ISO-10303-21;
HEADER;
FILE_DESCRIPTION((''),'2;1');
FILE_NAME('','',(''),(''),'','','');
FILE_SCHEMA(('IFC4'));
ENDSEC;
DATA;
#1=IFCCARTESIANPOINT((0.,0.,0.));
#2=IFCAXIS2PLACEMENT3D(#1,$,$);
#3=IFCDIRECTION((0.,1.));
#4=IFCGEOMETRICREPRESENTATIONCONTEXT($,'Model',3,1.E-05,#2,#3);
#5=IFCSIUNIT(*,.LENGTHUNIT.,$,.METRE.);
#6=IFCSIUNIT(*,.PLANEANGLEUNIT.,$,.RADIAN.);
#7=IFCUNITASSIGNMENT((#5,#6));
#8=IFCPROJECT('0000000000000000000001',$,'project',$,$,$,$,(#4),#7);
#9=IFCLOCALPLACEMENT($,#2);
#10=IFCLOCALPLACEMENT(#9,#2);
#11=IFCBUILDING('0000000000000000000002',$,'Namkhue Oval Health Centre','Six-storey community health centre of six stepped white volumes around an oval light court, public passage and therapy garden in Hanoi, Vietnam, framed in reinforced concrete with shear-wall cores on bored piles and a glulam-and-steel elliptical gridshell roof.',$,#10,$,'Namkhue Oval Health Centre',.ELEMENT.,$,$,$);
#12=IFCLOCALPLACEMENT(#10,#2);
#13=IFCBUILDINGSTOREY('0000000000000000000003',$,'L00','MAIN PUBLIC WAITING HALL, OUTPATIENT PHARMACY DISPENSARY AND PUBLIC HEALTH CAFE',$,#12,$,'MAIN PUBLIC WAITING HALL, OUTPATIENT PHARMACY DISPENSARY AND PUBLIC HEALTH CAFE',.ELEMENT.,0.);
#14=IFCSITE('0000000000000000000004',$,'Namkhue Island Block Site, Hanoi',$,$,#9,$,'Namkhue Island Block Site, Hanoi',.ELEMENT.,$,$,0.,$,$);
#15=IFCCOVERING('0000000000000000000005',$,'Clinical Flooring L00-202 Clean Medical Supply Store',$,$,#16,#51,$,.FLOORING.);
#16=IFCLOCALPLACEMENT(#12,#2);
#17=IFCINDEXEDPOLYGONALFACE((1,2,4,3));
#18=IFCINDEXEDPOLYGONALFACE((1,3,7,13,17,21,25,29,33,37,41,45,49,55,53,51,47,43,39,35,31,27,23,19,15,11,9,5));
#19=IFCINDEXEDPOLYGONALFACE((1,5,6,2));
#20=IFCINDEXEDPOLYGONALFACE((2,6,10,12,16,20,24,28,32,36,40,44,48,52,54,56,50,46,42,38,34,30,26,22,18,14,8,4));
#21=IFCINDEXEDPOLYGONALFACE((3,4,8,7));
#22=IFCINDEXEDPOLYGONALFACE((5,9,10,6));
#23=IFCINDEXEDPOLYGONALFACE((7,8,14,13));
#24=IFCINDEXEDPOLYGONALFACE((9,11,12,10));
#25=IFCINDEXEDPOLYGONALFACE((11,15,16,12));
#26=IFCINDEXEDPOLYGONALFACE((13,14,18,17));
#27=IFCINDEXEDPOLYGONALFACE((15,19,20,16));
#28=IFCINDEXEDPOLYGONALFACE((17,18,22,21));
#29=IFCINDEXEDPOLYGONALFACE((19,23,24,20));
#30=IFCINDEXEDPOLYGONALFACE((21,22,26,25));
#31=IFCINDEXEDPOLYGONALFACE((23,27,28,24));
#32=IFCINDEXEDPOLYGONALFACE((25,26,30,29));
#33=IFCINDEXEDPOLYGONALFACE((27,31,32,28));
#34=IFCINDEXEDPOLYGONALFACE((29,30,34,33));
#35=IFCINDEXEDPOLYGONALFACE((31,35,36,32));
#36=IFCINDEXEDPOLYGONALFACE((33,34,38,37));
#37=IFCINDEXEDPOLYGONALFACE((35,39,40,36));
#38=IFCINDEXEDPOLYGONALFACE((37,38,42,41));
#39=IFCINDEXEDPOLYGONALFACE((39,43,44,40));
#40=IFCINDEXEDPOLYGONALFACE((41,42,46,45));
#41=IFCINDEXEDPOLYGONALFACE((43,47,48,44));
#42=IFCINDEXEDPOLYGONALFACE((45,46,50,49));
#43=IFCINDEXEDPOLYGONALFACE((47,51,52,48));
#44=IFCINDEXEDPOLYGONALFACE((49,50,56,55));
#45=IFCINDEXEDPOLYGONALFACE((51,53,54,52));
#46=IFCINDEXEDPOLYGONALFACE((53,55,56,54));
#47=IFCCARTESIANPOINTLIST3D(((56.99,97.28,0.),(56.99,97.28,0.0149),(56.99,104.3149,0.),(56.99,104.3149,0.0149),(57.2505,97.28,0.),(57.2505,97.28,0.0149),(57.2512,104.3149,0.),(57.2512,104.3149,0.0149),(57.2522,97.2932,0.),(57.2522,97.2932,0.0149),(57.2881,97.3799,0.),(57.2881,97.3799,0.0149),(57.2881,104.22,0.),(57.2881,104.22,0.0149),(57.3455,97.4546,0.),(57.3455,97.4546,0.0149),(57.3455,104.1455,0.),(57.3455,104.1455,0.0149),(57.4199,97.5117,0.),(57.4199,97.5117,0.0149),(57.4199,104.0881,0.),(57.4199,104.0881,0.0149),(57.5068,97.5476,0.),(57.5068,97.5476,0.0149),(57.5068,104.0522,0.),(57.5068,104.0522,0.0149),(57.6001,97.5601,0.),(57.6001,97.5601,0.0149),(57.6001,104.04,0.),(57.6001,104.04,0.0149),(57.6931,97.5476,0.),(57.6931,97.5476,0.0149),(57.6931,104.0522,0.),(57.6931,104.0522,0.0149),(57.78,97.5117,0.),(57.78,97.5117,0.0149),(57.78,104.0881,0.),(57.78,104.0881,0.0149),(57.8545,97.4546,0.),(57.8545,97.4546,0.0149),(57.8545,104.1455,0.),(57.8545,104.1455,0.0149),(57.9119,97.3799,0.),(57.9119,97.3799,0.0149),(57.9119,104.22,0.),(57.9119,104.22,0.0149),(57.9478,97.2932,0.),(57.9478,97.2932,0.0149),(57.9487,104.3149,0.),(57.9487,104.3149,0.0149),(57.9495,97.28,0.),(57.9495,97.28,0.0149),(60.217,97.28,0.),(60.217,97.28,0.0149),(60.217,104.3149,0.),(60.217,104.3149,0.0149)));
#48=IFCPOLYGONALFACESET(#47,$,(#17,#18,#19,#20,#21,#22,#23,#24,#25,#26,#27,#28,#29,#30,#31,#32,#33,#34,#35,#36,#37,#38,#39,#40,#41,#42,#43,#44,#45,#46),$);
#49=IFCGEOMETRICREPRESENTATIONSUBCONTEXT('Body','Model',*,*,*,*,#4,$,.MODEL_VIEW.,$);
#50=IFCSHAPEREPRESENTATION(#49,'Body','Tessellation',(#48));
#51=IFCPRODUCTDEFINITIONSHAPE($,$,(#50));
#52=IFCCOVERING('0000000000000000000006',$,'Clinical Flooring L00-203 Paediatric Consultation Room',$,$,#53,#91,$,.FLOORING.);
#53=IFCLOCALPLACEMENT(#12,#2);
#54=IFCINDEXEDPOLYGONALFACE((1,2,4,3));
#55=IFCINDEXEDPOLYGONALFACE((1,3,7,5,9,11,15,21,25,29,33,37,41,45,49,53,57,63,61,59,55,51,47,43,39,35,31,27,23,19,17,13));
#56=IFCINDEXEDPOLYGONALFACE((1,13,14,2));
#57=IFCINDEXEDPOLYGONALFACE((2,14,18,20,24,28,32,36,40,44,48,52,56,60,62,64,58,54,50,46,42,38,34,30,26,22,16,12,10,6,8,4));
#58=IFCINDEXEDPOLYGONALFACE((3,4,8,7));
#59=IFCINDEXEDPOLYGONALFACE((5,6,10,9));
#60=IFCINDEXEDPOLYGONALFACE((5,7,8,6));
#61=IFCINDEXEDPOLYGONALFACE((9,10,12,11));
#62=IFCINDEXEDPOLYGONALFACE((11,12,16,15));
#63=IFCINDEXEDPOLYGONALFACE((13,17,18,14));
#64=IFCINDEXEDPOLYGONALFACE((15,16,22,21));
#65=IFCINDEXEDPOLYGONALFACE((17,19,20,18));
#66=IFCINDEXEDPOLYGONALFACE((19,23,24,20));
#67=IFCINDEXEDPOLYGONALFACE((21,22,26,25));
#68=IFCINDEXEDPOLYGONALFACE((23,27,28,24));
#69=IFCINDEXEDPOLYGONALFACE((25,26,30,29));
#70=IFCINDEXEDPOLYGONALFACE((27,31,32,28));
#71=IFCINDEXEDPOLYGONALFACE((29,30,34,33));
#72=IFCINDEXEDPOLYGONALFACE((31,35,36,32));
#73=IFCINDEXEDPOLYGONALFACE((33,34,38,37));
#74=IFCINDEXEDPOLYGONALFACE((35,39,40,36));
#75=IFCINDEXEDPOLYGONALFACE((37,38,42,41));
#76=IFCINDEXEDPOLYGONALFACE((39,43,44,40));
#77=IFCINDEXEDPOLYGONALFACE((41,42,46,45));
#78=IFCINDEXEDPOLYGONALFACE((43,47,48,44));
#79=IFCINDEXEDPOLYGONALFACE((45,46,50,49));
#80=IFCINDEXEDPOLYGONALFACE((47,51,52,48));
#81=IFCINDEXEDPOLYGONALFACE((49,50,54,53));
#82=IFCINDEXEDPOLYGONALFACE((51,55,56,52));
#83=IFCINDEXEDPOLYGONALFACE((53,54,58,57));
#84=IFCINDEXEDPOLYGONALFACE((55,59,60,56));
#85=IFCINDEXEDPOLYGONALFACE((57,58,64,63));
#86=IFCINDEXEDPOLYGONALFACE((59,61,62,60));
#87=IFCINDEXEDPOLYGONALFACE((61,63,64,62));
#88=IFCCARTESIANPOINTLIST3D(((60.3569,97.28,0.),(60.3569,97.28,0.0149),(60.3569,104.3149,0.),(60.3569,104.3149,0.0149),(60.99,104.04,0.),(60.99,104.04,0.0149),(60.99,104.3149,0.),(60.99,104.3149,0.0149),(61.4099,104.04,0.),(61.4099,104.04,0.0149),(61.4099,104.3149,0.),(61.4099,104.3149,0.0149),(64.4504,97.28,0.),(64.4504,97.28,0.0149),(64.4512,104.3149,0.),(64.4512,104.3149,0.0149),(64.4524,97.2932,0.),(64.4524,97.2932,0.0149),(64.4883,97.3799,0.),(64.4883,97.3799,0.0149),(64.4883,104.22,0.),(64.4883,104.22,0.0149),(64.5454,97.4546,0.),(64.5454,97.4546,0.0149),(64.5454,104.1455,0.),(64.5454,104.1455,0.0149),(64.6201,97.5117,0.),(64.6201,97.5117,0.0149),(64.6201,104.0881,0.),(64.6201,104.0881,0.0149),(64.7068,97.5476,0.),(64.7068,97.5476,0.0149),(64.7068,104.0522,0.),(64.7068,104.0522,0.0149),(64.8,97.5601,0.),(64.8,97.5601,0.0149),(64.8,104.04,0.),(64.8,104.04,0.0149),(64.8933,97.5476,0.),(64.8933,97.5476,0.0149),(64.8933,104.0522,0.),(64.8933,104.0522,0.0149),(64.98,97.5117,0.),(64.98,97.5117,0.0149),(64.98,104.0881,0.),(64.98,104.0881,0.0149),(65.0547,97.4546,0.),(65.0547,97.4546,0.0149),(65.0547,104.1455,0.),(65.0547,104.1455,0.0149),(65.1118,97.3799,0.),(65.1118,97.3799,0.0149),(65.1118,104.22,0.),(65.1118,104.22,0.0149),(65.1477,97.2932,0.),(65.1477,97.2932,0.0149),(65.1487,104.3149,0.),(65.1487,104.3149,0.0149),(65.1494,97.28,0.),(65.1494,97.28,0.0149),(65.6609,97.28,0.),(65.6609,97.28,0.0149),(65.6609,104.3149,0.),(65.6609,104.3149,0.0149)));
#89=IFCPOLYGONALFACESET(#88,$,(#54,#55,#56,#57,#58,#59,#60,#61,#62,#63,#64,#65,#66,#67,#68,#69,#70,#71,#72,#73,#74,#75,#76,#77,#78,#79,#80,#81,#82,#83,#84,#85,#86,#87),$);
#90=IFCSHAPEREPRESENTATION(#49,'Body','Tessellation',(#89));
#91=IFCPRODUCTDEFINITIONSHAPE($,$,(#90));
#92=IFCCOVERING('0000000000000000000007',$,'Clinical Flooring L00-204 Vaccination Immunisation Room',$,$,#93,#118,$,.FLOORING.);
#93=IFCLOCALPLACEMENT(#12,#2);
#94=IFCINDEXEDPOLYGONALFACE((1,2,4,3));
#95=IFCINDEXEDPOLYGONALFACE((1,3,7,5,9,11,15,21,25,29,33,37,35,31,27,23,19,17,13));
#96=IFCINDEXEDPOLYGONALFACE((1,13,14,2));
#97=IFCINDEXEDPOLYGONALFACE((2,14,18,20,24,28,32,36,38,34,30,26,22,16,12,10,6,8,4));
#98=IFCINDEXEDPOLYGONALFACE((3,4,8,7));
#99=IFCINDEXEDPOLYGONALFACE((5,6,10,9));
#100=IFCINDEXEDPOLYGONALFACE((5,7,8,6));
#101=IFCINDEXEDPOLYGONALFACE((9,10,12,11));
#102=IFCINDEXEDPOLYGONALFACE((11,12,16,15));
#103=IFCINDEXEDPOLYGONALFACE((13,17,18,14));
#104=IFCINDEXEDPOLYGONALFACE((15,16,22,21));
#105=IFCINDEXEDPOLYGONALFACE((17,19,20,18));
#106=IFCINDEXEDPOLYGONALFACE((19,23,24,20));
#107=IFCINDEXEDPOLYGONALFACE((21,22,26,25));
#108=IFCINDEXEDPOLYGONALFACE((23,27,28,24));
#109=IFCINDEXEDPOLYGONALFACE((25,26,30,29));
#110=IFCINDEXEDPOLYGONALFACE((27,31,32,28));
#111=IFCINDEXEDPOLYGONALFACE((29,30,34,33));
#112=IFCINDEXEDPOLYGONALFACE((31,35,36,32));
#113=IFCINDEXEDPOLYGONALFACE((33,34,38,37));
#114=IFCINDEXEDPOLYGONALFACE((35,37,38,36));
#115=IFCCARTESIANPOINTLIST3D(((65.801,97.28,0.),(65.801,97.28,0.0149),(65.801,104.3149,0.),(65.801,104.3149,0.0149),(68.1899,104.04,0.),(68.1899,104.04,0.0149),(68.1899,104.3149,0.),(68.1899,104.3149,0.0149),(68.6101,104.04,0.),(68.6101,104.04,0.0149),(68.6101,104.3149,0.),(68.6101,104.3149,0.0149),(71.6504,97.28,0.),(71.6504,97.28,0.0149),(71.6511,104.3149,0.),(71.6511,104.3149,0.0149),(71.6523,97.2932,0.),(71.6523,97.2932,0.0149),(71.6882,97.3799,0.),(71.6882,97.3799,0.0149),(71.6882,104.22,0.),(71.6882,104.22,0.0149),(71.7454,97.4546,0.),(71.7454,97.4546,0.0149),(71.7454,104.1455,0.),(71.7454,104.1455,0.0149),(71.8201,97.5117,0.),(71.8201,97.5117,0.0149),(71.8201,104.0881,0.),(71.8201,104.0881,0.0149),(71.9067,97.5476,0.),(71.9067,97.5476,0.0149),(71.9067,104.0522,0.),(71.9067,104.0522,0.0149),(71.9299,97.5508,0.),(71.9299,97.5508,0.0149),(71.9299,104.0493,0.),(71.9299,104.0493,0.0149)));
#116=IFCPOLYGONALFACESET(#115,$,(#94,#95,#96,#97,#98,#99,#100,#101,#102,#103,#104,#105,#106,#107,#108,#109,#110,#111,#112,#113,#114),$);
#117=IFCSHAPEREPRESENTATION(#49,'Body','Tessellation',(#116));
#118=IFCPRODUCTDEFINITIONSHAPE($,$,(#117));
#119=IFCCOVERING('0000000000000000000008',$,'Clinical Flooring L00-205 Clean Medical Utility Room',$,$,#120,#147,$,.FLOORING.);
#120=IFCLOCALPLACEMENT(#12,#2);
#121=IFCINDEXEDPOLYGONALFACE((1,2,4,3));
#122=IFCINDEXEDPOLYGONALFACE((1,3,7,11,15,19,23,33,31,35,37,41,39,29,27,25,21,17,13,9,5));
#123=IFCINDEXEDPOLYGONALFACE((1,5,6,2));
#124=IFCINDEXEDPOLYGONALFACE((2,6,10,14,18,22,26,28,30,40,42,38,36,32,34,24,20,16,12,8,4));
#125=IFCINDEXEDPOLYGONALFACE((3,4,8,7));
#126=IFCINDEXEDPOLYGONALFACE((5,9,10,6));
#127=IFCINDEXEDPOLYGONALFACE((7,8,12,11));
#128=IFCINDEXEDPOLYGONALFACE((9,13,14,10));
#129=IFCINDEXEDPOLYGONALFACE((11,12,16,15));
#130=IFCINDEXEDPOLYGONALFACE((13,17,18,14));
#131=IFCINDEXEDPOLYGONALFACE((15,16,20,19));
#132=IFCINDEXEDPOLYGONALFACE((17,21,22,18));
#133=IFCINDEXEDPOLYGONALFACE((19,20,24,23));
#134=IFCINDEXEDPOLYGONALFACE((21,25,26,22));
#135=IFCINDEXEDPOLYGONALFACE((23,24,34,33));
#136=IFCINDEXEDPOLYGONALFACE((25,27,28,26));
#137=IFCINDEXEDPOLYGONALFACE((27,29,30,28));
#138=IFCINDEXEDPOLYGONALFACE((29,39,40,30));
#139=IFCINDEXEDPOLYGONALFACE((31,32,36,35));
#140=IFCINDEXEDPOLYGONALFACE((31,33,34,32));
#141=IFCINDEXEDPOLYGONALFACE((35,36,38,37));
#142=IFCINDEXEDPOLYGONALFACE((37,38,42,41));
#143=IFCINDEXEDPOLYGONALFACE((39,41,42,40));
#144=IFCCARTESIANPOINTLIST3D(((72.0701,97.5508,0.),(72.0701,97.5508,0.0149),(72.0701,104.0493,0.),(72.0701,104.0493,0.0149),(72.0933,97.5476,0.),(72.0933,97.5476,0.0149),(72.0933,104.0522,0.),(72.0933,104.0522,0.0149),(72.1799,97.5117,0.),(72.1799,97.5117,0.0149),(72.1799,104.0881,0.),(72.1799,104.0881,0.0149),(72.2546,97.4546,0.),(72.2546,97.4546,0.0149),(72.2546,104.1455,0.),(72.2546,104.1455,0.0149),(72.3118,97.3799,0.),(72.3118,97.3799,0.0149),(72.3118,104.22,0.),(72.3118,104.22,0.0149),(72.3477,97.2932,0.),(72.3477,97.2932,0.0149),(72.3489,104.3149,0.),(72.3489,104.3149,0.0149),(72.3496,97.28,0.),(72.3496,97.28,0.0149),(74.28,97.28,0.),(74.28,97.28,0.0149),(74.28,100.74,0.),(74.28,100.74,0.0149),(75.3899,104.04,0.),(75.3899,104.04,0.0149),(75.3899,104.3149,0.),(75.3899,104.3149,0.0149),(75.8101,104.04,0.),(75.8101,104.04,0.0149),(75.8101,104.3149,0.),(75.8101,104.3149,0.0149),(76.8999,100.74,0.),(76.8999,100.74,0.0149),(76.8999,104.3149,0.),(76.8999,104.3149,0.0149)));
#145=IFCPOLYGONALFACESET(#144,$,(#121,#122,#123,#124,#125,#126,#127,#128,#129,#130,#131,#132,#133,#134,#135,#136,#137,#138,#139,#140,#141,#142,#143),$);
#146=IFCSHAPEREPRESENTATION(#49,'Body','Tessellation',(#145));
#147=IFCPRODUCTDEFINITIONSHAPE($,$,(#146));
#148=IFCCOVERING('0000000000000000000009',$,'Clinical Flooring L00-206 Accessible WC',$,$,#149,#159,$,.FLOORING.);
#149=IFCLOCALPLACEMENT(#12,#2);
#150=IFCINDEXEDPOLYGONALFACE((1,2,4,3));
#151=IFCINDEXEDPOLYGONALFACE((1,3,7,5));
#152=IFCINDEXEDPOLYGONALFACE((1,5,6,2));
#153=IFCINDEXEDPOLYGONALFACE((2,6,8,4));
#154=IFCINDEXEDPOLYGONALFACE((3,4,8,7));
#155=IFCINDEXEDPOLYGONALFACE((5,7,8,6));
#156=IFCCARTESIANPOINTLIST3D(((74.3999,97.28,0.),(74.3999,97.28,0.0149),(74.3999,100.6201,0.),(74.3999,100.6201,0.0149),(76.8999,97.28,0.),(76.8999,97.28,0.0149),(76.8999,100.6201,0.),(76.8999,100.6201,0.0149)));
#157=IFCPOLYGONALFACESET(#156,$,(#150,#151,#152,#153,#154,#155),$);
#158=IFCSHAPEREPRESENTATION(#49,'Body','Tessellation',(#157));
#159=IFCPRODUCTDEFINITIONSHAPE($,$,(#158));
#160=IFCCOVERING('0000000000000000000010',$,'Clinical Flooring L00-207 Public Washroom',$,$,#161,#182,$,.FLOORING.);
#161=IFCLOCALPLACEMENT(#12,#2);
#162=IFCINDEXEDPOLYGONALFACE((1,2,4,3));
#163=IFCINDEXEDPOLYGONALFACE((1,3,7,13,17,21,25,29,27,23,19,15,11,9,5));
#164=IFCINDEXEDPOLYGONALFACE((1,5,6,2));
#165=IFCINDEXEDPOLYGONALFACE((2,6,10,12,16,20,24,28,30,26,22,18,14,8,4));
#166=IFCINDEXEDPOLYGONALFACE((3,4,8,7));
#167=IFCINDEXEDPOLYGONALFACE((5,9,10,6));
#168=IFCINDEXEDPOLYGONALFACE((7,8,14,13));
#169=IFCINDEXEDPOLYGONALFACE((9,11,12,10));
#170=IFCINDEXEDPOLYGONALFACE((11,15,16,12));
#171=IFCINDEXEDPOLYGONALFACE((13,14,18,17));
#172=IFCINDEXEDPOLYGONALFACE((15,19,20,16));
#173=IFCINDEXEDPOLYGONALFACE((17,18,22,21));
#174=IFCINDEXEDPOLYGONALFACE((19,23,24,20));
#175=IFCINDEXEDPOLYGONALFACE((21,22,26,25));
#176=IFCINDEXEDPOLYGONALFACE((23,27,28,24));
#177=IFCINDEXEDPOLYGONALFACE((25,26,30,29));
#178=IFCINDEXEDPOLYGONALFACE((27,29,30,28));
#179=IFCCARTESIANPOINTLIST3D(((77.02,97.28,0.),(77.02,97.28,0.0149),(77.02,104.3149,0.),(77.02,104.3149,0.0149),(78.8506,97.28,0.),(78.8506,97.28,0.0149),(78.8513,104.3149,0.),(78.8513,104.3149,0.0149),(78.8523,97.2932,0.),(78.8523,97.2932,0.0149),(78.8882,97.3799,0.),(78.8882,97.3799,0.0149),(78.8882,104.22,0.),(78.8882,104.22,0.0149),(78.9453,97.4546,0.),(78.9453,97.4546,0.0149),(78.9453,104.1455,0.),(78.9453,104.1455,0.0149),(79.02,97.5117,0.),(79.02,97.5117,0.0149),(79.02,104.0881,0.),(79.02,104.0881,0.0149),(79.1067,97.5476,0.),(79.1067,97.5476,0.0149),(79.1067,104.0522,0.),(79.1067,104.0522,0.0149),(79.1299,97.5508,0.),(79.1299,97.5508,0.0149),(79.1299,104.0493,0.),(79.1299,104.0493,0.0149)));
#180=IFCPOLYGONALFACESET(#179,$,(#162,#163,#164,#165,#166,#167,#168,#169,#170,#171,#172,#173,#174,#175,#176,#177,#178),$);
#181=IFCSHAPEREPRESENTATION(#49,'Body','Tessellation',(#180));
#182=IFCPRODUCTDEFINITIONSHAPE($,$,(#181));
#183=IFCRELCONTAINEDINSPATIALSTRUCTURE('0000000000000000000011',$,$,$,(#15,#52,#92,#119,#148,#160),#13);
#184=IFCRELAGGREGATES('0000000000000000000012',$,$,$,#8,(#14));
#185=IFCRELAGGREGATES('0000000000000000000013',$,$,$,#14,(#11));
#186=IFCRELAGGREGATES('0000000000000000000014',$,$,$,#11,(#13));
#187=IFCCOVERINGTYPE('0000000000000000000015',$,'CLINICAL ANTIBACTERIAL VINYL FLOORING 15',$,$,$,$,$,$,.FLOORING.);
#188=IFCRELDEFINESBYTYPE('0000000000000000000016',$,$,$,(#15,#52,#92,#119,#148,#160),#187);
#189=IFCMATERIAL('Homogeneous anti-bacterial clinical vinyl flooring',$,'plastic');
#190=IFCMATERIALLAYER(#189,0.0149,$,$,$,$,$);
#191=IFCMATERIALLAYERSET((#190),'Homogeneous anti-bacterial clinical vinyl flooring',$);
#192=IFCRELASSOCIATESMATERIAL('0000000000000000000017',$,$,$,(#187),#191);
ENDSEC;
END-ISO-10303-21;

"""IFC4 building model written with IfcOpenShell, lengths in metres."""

from ifc_helpers import new_model, si_unit, direction, origin, place, context, subcontext, project, spatial, polyline, outline, extrude, material, layer, layer_set, type_object, element, save


model = new_model("IFC4")

# Units and contexts
model_context = context("Model", 3, precision=1e-05, world=origin(), true_north=direction((0.0, 1.0)))
body_context = subcontext(model_context, "Body", "Model", "MODEL_VIEW")
ifc_project = project(units=[si_unit("LENGTHUNIT", "METRE"), si_unit("PLANEANGLEUNIT", "RADIAN")], contexts=[model_context])

# Site, building, storey
site_placement = place(None, origin())
site = spatial("IfcSite", under=ifc_project, at=site_placement, Name="Namkhue Island Block Site, Hanoi", LongName="Namkhue Island Block Site, Hanoi", CompositionType="ELEMENT", RefElevation=0.0)
building_placement = place(site_placement, origin())
building = spatial("IfcBuilding", under=site, at=building_placement, Name="Namkhue Oval Health Centre", Description="Six-storey community health centre of six stepped white volumes around an oval light court, public passage and therapy garden in Hanoi, Vietnam, framed in reinforced concrete with shear-wall cores on bored piles and a glulam-and-steel elliptical gridshell roof.", LongName="Namkhue Oval Health Centre", CompositionType="ELEMENT")
storey_placement = place(building_placement, origin())
storey = spatial("IfcBuildingStorey", under=building, at=storey_placement, Name="L00", Description="MAIN PUBLIC WAITING HALL, OUTPATIENT PHARMACY DISPENSARY AND PUBLIC HEALTH CAFE", LongName="MAIN PUBLIC WAITING HALL, OUTPATIENT PHARMACY DISPENSARY AND PUBLIC HEALTH CAFE", CompositionType="ELEMENT", Elevation=0.0)

# Coverings
ifc_material_1 = material(Name="Homogeneous anti-bacterial clinical vinyl flooring", Category="plastic")
ifc_layer_1 = layer(ifc_material_1, 0.0149)
ifc_layer_set_1 = layer_set([ifc_layer_1], Name="Homogeneous anti-bacterial clinical vinyl flooring")
covering_type = type_object("IfcCoveringType", Name="CLINICAL ANTIBACTERIAL VINYL FLOORING 15", PredefinedType="FLOORING", material=ifc_layer_set_1)
covering_1_placement = place(storey_placement, origin())
element("IfcCovering", 1, at=covering_1_placement, inside=storey, type_object=covering_type, Name="Clinical Flooring L00-202 Clean Medical Supply Store", PredefinedType="FLOORING", context=body_context, shape_type="SweptSolid", body=[
    extrude(outline(polyline([(57.9495, 97.28), (57.9478, 97.2932), (57.9119, 97.3799), (57.8545, 97.4546), (57.78, 97.5117), (57.6931, 97.5476), (57.6001, 97.5601), (57.5068, 97.5476), (57.4199, 97.5117), (57.3455, 97.4546), (57.2881, 97.3799), (57.2522, 97.2932), (57.2505, 97.28), (56.99, 97.28), (56.99, 104.3149), (57.2512, 104.3149), (57.2881, 104.22), (57.3455, 104.1455), (57.4199, 104.0881), (57.5068, 104.0522), (57.6001, 104.04), (57.6931, 104.0522), (57.78, 104.0881), (57.8545, 104.1455), (57.9119, 104.22), (57.9487, 104.3149), (60.217, 104.3149), (60.217, 97.28), (57.9495, 97.28)])), origin(), (0.0, 0.0, 1.0), 0.0149),
])
covering_2_placement = place(storey_placement, origin())
element("IfcCovering", 2, at=covering_2_placement, inside=storey, type_object=covering_type, Name="Clinical Flooring L00-203 Paediatric Consultation Room", PredefinedType="FLOORING", context=body_context, shape_type="SweptSolid", body=[
    extrude(outline(polyline([(65.1494, 97.28), (65.1477, 97.2932), (65.1118, 97.3799), (65.0547, 97.4546), (64.98, 97.5117), (64.8933, 97.5476), (64.8, 97.5601), (64.7068, 97.5476), (64.6201, 97.5117), (64.5454, 97.4546), (64.4883, 97.3799), (64.4524, 97.2932), (64.4504, 97.28), (60.3569, 97.28), (60.3569, 104.3149), (60.99, 104.3149), (60.99, 104.04), (61.4099, 104.04), (61.4099, 104.3149), (64.4512, 104.3149), (64.4883, 104.22), (64.5454, 104.1455), (64.6201, 104.0881), (64.7068, 104.0522), (64.8, 104.04), (64.8933, 104.0522), (64.98, 104.0881), (65.0547, 104.1455), (65.1118, 104.22), (65.1487, 104.3149), (65.6609, 104.3149), (65.6609, 97.28), (65.1494, 97.28)])), origin(), (0.0, 0.0, 1.0), 0.0149),
])
covering_3_placement = place(storey_placement, origin())
element("IfcCovering", 3, at=covering_3_placement, inside=storey, type_object=covering_type, Name="Clinical Flooring L00-204 Vaccination Immunisation Room", PredefinedType="FLOORING", context=body_context, shape_type="SweptSolid", body=[
    extrude(outline(polyline([(65.801, 97.28), (65.801, 104.3149), (68.1899, 104.3149), (68.1899, 104.04), (68.6101, 104.04), (68.6101, 104.3149), (71.6511, 104.3149), (71.6882, 104.22), (71.7454, 104.1455), (71.8201, 104.0881), (71.9067, 104.0522), (71.9299, 104.0493), (71.9299, 97.5508), (71.9067, 97.5476), (71.8201, 97.5117), (71.7454, 97.4546), (71.6882, 97.3799), (71.6523, 97.2932), (71.6504, 97.28), (65.801, 97.28)])), origin(), (0.0, 0.0, 1.0), 0.0149),
])
covering_4_placement = place(storey_placement, origin())
element("IfcCovering", 4, at=covering_4_placement, inside=storey, type_object=covering_type, Name="Clinical Flooring L00-205 Clean Medical Utility Room", PredefinedType="FLOORING", context=body_context, shape_type="SweptSolid", body=[
    extrude(outline(polyline([(75.3899, 104.3149), (75.3899, 104.04), (75.8101, 104.04), (75.8101, 104.3149), (76.8999, 104.3149), (76.8999, 100.74), (74.28, 100.74), (74.28, 97.28), (72.3496, 97.28), (72.3477, 97.2932), (72.3118, 97.3799), (72.2546, 97.4546), (72.1799, 97.5117), (72.0933, 97.5476), (72.0701, 97.5508), (72.0701, 104.0493), (72.0933, 104.0522), (72.1799, 104.0881), (72.2546, 104.1455), (72.3118, 104.22), (72.3489, 104.3149), (75.3899, 104.3149)])), origin(), (0.0, 0.0, 1.0), 0.0149),
])
covering_5_placement = place(storey_placement, origin())
element("IfcCovering", 5, at=covering_5_placement, inside=storey, type_object=covering_type, Name="Clinical Flooring L00-206 Accessible WC", PredefinedType="FLOORING", context=body_context, shape_type="SweptSolid", body=[
    extrude(outline(polyline([(76.8999, 100.6201), (76.8999, 97.28), (74.3999, 97.28), (74.3999, 100.6201), (76.8999, 100.6201)])), origin(), (0.0, 0.0, 1.0), 0.0149),
])
covering_6_placement = place(storey_placement, origin())
element("IfcCovering", 6, at=covering_6_placement, inside=storey, type_object=covering_type, Name="Clinical Flooring L00-207 Public Washroom", PredefinedType="FLOORING", context=body_context, shape_type="SweptSolid", body=[
    extrude(outline(polyline([(77.02, 97.28), (77.02, 104.3149), (78.8513, 104.3149), (78.8882, 104.22), (78.9453, 104.1455), (79.02, 104.0881), (79.1067, 104.0522), (79.1299, 104.0493), (79.1299, 97.5508), (79.1067, 97.5476), (79.02, 97.5117), (78.9453, 97.4546), (78.8882, 97.3799), (78.8523, 97.2932), (78.8506, 97.28), (77.02, 97.28)])), origin(), (0.0, 0.0, 1.0), 0.0149),
])

save(model, "model.ifc")
